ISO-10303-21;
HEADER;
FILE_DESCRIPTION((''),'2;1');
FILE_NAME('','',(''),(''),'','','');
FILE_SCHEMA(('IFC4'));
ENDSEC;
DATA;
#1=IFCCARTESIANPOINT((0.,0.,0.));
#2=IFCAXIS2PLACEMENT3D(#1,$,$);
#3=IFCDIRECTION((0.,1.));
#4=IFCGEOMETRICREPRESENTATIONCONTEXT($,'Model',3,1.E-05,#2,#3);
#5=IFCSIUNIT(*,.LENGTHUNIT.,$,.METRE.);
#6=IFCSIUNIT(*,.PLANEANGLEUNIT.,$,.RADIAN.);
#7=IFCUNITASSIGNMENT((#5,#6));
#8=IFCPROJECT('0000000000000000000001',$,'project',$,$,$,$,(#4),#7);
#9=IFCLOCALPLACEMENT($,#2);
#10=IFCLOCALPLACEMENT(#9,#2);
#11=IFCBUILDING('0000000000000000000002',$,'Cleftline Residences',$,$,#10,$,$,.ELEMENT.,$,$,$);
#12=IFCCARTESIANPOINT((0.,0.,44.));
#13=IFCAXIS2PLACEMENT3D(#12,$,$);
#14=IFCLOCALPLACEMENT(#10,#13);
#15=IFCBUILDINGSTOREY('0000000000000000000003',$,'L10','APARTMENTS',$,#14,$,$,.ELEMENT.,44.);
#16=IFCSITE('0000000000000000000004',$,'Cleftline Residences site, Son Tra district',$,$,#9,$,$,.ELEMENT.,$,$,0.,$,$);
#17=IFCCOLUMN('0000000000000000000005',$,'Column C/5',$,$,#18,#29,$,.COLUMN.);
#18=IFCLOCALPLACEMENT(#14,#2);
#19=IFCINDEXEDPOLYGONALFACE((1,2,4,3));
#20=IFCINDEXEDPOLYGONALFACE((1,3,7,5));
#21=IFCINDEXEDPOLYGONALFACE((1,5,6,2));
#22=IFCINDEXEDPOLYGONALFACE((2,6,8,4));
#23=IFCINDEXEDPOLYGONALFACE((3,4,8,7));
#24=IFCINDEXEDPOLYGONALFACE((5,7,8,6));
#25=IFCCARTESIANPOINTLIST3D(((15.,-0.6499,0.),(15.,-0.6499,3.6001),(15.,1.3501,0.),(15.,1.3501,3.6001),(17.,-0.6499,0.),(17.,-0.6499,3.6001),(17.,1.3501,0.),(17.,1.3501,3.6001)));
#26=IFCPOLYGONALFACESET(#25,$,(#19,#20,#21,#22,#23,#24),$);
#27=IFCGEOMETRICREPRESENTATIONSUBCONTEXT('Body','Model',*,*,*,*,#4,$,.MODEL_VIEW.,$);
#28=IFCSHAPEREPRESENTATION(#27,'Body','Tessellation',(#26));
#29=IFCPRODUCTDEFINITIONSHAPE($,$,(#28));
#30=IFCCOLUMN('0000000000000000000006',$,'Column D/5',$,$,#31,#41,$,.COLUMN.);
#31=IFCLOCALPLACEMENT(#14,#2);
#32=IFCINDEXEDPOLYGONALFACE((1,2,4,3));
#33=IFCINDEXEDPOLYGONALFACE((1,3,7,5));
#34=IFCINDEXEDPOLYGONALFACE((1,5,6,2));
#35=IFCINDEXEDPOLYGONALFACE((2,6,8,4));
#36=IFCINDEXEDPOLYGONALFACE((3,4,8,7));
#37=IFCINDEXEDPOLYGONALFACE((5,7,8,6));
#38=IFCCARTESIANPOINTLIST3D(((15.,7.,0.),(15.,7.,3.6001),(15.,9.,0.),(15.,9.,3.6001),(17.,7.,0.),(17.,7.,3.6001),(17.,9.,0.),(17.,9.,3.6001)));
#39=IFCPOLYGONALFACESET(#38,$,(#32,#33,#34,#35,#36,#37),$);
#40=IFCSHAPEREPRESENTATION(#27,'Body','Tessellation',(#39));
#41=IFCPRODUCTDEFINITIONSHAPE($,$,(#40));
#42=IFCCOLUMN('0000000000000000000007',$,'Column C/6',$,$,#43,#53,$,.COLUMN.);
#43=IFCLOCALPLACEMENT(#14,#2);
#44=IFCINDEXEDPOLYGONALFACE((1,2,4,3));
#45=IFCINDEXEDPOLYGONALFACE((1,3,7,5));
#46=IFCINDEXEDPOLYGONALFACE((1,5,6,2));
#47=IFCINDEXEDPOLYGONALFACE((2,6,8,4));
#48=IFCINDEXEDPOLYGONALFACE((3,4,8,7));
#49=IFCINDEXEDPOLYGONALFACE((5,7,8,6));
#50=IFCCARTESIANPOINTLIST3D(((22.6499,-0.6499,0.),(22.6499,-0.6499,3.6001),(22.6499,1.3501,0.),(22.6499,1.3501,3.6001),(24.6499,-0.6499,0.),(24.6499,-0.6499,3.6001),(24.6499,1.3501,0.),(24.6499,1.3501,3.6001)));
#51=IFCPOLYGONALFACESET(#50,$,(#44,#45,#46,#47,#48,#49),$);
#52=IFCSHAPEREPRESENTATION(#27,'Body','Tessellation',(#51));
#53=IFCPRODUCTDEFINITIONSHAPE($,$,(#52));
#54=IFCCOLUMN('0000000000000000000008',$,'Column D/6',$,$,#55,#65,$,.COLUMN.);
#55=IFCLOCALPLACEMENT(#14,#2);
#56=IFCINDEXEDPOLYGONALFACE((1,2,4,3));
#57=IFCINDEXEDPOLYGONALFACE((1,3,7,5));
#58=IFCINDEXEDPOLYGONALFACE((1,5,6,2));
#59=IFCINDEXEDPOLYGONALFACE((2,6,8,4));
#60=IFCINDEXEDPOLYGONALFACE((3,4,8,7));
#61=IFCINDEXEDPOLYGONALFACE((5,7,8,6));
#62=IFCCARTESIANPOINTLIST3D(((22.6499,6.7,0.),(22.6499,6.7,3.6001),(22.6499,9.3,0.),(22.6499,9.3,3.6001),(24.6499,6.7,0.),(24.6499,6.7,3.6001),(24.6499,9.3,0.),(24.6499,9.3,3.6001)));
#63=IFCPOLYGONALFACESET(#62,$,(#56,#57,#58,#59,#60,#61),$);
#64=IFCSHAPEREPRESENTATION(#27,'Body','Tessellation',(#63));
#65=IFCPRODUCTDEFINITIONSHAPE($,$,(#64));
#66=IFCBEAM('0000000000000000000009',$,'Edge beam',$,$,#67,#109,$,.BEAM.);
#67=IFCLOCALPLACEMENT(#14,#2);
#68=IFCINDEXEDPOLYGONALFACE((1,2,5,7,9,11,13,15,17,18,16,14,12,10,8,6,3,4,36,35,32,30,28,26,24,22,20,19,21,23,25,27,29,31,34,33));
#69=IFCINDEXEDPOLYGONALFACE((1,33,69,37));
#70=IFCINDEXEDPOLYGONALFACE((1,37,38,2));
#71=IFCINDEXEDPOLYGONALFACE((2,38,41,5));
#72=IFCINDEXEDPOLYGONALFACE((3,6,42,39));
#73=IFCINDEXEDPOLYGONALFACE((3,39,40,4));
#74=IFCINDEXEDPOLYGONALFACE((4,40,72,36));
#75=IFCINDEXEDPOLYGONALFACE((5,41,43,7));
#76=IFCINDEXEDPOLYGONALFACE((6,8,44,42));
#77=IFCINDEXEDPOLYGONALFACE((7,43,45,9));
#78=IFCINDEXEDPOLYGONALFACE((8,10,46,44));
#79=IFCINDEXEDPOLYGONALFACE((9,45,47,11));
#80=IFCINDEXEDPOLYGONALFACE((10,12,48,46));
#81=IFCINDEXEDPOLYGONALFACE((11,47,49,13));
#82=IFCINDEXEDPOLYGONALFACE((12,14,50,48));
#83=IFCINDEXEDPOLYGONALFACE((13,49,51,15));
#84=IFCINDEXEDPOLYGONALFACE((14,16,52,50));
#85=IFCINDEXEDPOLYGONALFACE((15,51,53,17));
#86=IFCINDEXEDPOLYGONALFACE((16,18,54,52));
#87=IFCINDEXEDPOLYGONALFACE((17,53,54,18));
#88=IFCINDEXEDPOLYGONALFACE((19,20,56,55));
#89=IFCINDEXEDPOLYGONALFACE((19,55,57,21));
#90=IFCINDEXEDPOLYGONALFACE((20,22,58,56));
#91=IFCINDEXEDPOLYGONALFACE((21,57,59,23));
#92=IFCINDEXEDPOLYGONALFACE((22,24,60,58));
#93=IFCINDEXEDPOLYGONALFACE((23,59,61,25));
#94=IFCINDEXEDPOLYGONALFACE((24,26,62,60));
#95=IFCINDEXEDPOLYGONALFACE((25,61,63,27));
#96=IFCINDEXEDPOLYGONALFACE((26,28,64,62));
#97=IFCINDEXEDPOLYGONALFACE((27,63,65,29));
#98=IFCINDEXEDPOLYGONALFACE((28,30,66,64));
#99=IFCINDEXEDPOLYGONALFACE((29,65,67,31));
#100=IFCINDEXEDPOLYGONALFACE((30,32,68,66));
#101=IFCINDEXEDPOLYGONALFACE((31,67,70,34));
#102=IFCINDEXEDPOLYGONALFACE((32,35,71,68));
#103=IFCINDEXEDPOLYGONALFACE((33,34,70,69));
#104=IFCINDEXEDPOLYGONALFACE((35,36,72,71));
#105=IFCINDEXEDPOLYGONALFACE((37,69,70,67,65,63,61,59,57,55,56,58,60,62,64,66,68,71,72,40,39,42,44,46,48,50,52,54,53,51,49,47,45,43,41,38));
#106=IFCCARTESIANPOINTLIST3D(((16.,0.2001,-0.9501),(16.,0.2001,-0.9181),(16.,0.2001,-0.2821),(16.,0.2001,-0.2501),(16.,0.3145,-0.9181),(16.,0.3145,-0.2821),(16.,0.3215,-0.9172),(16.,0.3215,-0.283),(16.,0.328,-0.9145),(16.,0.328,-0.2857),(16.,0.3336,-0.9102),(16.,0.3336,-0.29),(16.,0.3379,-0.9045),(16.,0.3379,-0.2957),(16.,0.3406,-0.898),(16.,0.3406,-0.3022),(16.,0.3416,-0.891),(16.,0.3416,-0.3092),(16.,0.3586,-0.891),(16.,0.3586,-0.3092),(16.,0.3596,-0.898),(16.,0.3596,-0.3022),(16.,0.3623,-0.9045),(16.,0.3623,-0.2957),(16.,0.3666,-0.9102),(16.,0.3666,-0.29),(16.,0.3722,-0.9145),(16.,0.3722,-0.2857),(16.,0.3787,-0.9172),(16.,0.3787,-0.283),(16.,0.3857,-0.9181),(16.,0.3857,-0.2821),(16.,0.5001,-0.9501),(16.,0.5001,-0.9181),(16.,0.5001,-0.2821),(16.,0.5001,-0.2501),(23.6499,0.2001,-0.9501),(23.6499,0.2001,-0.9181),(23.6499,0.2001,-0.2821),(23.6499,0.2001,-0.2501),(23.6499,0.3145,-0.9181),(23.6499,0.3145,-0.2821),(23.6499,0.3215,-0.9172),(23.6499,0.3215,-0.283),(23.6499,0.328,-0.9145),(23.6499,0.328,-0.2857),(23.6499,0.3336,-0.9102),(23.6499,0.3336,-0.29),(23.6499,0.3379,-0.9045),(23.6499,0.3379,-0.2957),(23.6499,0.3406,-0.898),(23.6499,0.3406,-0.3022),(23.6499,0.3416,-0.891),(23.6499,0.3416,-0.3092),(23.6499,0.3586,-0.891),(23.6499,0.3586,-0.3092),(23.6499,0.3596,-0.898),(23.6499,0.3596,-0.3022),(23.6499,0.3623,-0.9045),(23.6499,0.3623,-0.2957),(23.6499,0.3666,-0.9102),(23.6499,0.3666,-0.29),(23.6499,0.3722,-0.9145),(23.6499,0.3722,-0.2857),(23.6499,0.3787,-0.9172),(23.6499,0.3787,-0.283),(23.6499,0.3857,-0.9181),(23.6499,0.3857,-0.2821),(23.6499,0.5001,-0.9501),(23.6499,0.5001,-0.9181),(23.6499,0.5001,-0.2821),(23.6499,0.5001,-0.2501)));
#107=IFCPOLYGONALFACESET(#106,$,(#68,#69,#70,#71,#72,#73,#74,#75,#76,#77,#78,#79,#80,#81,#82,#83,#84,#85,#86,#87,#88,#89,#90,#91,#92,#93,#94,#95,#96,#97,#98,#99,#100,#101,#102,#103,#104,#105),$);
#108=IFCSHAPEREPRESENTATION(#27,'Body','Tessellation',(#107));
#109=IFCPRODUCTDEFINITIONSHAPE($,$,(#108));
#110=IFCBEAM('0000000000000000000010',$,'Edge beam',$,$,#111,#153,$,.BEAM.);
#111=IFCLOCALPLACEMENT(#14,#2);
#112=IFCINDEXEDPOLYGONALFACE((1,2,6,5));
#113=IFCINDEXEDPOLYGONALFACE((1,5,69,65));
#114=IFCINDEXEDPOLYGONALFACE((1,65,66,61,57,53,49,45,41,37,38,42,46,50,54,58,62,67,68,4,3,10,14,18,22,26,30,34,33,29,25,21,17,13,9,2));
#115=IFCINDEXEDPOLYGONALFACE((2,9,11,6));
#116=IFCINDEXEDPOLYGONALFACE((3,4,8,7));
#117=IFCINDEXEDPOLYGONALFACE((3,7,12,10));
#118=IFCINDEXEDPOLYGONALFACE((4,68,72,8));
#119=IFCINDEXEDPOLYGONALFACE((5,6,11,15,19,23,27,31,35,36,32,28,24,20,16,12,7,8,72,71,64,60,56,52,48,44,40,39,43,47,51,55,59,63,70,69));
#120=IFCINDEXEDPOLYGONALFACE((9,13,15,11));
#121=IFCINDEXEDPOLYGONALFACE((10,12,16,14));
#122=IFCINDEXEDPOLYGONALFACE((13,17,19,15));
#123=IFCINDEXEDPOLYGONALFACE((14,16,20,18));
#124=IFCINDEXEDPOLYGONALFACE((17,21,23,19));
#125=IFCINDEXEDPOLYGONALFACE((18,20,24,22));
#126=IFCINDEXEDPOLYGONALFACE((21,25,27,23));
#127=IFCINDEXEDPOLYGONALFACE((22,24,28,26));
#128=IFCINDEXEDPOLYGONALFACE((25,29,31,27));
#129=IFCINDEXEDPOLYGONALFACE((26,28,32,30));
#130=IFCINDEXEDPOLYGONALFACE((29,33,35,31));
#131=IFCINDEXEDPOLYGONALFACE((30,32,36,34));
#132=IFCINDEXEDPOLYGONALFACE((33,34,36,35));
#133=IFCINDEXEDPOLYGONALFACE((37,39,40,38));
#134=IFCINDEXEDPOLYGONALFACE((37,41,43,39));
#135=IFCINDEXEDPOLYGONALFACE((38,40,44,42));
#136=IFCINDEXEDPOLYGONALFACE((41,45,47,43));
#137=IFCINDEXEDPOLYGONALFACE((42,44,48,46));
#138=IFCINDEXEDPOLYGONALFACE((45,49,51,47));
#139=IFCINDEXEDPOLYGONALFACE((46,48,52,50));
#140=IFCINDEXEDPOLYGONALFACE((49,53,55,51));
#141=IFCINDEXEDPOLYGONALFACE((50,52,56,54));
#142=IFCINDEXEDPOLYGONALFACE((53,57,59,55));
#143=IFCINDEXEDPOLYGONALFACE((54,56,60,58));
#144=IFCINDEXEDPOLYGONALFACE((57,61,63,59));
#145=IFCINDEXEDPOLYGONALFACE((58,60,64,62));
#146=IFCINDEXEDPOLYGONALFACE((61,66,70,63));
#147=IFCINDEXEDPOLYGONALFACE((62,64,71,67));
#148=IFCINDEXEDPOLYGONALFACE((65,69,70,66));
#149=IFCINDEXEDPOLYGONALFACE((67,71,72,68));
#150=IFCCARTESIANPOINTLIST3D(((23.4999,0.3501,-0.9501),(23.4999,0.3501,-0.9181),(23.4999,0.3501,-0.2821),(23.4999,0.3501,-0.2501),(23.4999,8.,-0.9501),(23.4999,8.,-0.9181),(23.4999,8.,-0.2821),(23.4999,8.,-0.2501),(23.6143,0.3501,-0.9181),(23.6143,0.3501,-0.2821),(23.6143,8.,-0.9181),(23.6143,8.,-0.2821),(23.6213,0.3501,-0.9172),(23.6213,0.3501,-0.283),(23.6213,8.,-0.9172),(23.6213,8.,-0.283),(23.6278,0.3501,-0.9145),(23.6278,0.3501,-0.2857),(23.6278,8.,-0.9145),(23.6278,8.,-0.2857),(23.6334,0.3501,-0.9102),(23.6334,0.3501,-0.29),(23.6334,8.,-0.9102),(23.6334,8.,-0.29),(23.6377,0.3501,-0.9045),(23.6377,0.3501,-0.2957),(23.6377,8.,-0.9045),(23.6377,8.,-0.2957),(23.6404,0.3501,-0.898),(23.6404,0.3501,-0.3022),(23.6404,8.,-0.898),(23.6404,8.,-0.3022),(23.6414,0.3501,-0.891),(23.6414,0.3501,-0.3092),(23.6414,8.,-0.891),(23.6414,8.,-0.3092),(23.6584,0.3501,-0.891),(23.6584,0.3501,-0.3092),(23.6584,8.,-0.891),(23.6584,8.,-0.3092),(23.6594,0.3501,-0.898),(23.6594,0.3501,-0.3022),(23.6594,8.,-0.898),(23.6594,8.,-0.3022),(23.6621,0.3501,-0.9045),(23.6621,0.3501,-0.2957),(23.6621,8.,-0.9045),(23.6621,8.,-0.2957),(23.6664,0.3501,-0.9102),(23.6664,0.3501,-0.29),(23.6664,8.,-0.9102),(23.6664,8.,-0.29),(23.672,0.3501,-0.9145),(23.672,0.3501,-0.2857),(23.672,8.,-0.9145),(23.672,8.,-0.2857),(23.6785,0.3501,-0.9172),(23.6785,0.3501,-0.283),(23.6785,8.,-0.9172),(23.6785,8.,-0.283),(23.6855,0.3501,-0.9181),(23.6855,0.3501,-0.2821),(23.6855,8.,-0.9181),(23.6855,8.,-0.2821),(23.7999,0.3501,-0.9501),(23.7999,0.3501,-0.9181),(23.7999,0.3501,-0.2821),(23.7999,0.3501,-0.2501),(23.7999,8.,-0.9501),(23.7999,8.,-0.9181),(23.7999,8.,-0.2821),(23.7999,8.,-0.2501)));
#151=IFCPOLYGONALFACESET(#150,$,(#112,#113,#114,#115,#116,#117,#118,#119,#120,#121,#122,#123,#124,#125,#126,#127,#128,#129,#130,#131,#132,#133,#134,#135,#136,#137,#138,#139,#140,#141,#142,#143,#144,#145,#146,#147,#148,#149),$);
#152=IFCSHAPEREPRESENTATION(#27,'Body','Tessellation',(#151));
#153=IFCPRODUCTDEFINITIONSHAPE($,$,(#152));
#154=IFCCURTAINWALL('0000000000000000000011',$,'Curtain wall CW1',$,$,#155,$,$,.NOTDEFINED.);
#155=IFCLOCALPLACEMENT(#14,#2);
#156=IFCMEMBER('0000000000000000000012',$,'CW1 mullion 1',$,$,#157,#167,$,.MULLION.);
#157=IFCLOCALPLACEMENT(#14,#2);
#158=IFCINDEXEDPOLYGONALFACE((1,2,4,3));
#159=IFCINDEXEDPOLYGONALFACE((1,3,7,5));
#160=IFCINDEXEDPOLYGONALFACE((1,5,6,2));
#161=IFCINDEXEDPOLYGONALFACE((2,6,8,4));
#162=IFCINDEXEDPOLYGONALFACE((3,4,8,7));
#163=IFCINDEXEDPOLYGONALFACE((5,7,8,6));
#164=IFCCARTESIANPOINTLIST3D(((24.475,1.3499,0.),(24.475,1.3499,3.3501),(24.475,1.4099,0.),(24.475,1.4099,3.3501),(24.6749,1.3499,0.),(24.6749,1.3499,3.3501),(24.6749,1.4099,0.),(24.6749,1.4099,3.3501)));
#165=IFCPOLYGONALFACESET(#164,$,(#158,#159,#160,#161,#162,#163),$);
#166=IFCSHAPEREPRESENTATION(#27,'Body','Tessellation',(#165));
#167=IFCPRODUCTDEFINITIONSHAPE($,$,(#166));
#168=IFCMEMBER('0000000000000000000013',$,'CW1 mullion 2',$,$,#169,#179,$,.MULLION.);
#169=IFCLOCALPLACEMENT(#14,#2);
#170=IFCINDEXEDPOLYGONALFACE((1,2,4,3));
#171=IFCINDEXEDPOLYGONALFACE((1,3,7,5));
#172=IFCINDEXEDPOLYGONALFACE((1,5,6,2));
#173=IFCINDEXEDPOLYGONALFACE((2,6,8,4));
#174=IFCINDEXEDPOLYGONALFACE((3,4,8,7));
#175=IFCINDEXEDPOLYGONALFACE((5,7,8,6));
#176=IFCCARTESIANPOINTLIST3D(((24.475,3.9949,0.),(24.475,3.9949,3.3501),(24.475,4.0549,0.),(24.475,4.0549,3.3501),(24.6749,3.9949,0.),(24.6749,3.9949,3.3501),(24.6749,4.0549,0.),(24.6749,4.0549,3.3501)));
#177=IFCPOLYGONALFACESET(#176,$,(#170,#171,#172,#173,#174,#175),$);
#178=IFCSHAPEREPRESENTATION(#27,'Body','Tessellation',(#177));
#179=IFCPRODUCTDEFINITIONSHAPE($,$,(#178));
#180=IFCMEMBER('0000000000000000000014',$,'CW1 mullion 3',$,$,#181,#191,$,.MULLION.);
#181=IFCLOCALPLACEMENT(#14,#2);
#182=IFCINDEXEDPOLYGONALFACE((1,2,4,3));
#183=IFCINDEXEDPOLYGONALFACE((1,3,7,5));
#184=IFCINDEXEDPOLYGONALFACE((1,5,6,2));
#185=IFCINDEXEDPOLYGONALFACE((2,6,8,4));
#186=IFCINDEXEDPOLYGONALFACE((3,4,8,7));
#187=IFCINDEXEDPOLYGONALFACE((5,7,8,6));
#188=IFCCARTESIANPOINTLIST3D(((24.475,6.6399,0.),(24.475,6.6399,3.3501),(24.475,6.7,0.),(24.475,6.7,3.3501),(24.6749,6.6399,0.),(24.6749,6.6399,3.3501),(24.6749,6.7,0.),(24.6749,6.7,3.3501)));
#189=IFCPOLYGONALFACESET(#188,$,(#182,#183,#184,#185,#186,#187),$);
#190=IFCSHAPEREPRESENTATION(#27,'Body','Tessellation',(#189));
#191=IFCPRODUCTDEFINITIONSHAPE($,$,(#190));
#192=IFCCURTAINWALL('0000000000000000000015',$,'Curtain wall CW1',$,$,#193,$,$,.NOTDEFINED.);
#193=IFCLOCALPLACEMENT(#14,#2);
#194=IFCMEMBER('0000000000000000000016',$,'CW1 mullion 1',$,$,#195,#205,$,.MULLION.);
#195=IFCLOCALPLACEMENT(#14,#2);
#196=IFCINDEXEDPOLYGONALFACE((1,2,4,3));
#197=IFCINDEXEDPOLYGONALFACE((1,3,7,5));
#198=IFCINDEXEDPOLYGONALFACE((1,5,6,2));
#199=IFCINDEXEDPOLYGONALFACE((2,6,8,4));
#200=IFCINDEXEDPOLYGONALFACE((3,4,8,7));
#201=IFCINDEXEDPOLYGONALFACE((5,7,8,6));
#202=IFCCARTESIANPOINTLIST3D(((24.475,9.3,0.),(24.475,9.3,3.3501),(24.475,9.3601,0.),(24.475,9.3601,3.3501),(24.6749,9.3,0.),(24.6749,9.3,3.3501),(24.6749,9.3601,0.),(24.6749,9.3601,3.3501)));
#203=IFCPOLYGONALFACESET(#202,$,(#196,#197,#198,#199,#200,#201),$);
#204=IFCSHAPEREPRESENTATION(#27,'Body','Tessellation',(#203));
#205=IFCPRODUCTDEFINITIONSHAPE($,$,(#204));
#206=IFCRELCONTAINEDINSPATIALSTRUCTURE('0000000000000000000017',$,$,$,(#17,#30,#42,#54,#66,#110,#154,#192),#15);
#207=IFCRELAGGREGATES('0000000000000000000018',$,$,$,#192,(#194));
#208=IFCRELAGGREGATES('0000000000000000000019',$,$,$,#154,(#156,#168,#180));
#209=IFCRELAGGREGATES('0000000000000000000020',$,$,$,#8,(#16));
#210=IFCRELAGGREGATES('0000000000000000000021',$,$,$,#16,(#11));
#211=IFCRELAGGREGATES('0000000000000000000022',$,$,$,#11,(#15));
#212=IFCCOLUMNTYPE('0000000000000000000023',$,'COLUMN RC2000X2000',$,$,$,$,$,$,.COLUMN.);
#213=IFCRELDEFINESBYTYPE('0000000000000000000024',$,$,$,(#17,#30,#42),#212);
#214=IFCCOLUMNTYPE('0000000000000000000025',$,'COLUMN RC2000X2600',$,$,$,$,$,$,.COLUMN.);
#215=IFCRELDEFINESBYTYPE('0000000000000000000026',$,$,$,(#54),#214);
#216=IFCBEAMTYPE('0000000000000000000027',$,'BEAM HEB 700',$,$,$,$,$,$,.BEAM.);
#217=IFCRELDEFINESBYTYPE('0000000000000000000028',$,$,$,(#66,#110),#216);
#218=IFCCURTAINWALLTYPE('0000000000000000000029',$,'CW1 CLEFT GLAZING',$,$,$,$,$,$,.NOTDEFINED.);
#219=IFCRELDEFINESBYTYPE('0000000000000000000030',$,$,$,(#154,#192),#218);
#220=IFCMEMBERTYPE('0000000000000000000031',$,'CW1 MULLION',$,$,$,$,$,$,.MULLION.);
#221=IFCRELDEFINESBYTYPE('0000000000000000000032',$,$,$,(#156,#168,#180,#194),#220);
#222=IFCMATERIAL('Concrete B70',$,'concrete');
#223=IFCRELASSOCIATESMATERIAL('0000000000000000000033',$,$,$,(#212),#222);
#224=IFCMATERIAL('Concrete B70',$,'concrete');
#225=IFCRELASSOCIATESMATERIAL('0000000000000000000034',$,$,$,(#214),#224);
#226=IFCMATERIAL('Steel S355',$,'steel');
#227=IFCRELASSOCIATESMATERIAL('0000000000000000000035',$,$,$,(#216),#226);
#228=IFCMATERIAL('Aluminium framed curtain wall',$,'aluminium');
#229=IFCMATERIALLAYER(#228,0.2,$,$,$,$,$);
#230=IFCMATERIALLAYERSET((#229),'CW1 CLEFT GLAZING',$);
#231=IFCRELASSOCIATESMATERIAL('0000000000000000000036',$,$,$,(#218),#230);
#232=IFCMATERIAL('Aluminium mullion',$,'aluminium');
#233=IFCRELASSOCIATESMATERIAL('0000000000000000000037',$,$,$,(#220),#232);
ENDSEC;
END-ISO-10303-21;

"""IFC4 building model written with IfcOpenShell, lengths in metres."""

from ifc_helpers import new_model, si_unit, direction, frame, origin, origin_2d, place, context, subcontext, project, spatial, rectangle, i_section, extrude, material, layer, layer_set, material_profile, profile_set, type_object, element, aggregate, save


model = new_model("IFC4")

# Units and contexts
model_context = context("Model", 3, precision=1e-05, world=origin(), true_north=direction((0.0, 1.0)))
body_context = subcontext(model_context, "Body", "Model", "MODEL_VIEW")
ifc_project = project(units=[si_unit("LENGTHUNIT", "METRE"), si_unit("PLANEANGLEUNIT", "RADIAN")], contexts=[model_context])

# Site, building, storey
site_placement = place(None, origin())
site = spatial("IfcSite", under=ifc_project, at=site_placement, Name="Cleftline Residences site, Son Tra district", CompositionType="ELEMENT", RefElevation=0.0)
building_placement = place(site_placement, origin())
building = spatial("IfcBuilding", under=site, at=building_placement, Name="Cleftline Residences", CompositionType="ELEMENT")
storey_placement = place(building_placement, frame((0.0, 0.0, 44.0)))
storey = spatial("IfcBuildingStorey", under=building, at=storey_placement, Name="L10", Description="APARTMENTS", CompositionType="ELEMENT", Elevation=44.0)

# Columns
ifc_material_1 = material(Name="Concrete B70", Category="concrete")
ifc_material_profile_1 = material_profile(ifc_material_1, rectangle(XDim=2.0, YDim=2.0, at=origin_2d()))
ifc_profile_set_1 = profile_set([ifc_material_profile_1], Name="Concrete B70")
column_type_1 = type_object("IfcColumnType", Name="COLUMN RC2000X2000", PredefinedType="COLUMN", material=ifc_profile_set_1)
for number, where, z_axis, x_axis, name in (
    (1, (16.0, 0.3501, 0.0), (0.0, 0.0, 1.0), (1.0, 0.0, 0.0), "Column C/5"),
    (2, (16.0, 8.0, 0.0), (0.0, 0.0, 1.0), (1.0, 0.0, 0.0), "Column D/5"),
    (3, (23.6499, 0.3501, 0.0), (0.0, 0.0, 1.0), (1.0, 0.0, 0.0), "Column C/6"),
):
    element("IfcColumn", number, at=place(storey_placement, frame(where, z_axis=z_axis, x_axis=x_axis)), inside=storey, type_object=column_type_1, Name=name, PredefinedType="COLUMN", context=body_context, shape_type="SweptSolid", body=[
        extrude(rectangle(XDim=2.0, YDim=2.0, at=origin_2d()), origin(), (0.0, 0.0, 1.0), 3.6001),
    ])
ifc_material_2 = material(Name="Concrete B70", Category="concrete")
ifc_material_profile_2 = material_profile(ifc_material_2, rectangle(XDim=2.0, YDim=2.6001, at=origin_2d()))
ifc_profile_set_2 = profile_set([ifc_material_profile_2], Name="Concrete B70")
column_type_2 = type_object("IfcColumnType", Name="COLUMN RC2000X2600", PredefinedType="COLUMN", material=ifc_profile_set_2)
column_placement = place(storey_placement, frame((23.6499, 8.0, 0.0), z_axis=(0.0, 0.0, 1.0), x_axis=(1.0, 0.0, 0.0)))
element("IfcColumn", 4, at=column_placement, inside=storey, type_object=column_type_2, Name="Column D/6", PredefinedType="COLUMN", context=body_context, shape_type="SweptSolid", body=[
    extrude(rectangle(XDim=2.0, YDim=2.6001, at=origin_2d()), origin(), (0.0, 0.0, 1.0), 3.6001),
])

# Beams
ifc_material_3 = material(Name="Steel S355", Category="steel")
ifc_material_profile_3 = material_profile(ifc_material_3, i_section(OverallWidth=0.3, OverallDepth=0.7, WebThickness=0.0171, FlangeThickness=0.032, FilletRadius=0.0271, at=origin_2d()))
ifc_profile_set_3 = profile_set([ifc_material_profile_3], Name="Steel S355")
beam_type = type_object("IfcBeamType", Name="BEAM HEB 700", PredefinedType="BEAM", material=ifc_profile_set_3)
for number, where, z_axis, x_axis, name in (
    (5, (16.0, 0.3501, -0.6001), (1.0, 0.0, 0.0), (0.0, 1.0, 0.0), "Edge beam"),
    (6, (23.6499, 0.3501, -0.6001), (0.0, 1.0, 0.0), (-1.0, 0.0, 0.0), "Edge beam"),
):
    element("IfcBeam", number, at=place(storey_placement, frame(where, z_axis=z_axis, x_axis=x_axis)), inside=storey, type_object=beam_type, Name=name, PredefinedType="BEAM", context=body_context, shape_type="SweptSolid", body=[
        extrude(i_section(OverallWidth=0.3, OverallDepth=0.7, WebThickness=0.0171, FlangeThickness=0.032, FilletRadius=0.0271, at=origin_2d()), origin(), (0.0, 0.0, 1.0), 7.6499),
    ])

# Curtain wall, members
ifc_material_4 = material(Name="Aluminium framed curtain wall", Category="aluminium")
ifc_layer_1 = layer(ifc_material_4, 0.2)
ifc_layer_set_1 = layer_set([ifc_layer_1], Name="CW1 CLEFT GLAZING")
curtain_wall_type = type_object("IfcCurtainWallType", Name="CW1 CLEFT GLAZING", PredefinedType="NOTDEFINED", material=ifc_layer_set_1)
curtain_wall_1_placement = place(storey_placement, origin())
curtain_wall_1 = element("IfcCurtainWall", 7, at=curtain_wall_1_placement, inside=storey, type_object=curtain_wall_type, Name="Curtain wall CW1", PredefinedType="NOTDEFINED")
ifc_material_5 = material(Name="Aluminium mullion", Category="aluminium")
ifc_material_profile_4 = material_profile(ifc_material_5, rectangle(XDim=0.2, YDim=0.0601, at=origin_2d()))
ifc_profile_set_4 = profile_set([ifc_material_profile_4], Name="Aluminium mullion")
member_type_1 = type_object("IfcMemberType", Name="CW1 MULLION", PredefinedType="MULLION", material=ifc_profile_set_4)
member_1_placement = place(storey_placement, frame((24.575, 1.3799, 0.0), z_axis=(0.0, 0.0, 1.0), x_axis=(-1.0, 0.0, 0.0)))
member_1 = element("IfcMember", 8, at=member_1_placement, type_object=member_type_1, Name="CW1 mullion 1", PredefinedType="MULLION", context=body_context, shape_type="SweptSolid", body=[
    extrude(rectangle(XDim=0.2, YDim=0.0601, at=origin_2d()), origin(), (0.0, 0.0, 1.0), 3.3501),
])
member_2_placement = place(storey_placement, frame((24.575, 4.0249, 0.0), z_axis=(0.0, 0.0, 1.0), x_axis=(-1.0, 0.0, 0.0)))
member_2 = element("IfcMember", 9, at=member_2_placement, type_object=member_type_1, Name="CW1 mullion 2", PredefinedType="MULLION", context=body_context, shape_type="SweptSolid", body=[
    extrude(rectangle(XDim=0.2, YDim=0.0601, at=origin_2d()), origin(), (0.0, 0.0, 1.0), 3.3501),
])
member_3_placement = place(storey_placement, frame((24.575, 6.6699, 0.0), z_axis=(0.0, 0.0, 1.0), x_axis=(-1.0, 0.0, 0.0)))
member_3 = element("IfcMember", 10, at=member_3_placement, type_object=member_type_1, Name="CW1 mullion 3", PredefinedType="MULLION", context=body_context, shape_type="SweptSolid", body=[
    extrude(rectangle(XDim=0.2, YDim=0.0601, at=origin_2d()), origin(), (0.0, 0.0, 1.0), 3.3501),
])

# Curtain wall, member
curtain_wall_2_placement = place(storey_placement, origin())
curtain_wall_2 = element("IfcCurtainWall", 11, at=curtain_wall_2_placement, inside=storey, type_object=curtain_wall_type, Name="Curtain wall CW1", PredefinedType="NOTDEFINED")
member_4_placement = place(storey_placement, frame((24.575, 9.3301, 0.0), z_axis=(0.0, 0.0, 1.0), x_axis=(-1.0, 0.0, 0.0)))
member_4 = element("IfcMember", 12, at=member_4_placement, type_object=member_type_1, Name="CW1 mullion 1", PredefinedType="MULLION", context=body_context, shape_type="SweptSolid", body=[
    extrude(rectangle(XDim=0.2, YDim=0.0601, at=origin_2d()), origin(), (0.0, 0.0, 1.0), 3.3501),
])

aggregate(curtain_wall_2, [member_4])

aggregate(curtain_wall_1, [member_1, member_2, member_3])

save(model, "model.ifc")
